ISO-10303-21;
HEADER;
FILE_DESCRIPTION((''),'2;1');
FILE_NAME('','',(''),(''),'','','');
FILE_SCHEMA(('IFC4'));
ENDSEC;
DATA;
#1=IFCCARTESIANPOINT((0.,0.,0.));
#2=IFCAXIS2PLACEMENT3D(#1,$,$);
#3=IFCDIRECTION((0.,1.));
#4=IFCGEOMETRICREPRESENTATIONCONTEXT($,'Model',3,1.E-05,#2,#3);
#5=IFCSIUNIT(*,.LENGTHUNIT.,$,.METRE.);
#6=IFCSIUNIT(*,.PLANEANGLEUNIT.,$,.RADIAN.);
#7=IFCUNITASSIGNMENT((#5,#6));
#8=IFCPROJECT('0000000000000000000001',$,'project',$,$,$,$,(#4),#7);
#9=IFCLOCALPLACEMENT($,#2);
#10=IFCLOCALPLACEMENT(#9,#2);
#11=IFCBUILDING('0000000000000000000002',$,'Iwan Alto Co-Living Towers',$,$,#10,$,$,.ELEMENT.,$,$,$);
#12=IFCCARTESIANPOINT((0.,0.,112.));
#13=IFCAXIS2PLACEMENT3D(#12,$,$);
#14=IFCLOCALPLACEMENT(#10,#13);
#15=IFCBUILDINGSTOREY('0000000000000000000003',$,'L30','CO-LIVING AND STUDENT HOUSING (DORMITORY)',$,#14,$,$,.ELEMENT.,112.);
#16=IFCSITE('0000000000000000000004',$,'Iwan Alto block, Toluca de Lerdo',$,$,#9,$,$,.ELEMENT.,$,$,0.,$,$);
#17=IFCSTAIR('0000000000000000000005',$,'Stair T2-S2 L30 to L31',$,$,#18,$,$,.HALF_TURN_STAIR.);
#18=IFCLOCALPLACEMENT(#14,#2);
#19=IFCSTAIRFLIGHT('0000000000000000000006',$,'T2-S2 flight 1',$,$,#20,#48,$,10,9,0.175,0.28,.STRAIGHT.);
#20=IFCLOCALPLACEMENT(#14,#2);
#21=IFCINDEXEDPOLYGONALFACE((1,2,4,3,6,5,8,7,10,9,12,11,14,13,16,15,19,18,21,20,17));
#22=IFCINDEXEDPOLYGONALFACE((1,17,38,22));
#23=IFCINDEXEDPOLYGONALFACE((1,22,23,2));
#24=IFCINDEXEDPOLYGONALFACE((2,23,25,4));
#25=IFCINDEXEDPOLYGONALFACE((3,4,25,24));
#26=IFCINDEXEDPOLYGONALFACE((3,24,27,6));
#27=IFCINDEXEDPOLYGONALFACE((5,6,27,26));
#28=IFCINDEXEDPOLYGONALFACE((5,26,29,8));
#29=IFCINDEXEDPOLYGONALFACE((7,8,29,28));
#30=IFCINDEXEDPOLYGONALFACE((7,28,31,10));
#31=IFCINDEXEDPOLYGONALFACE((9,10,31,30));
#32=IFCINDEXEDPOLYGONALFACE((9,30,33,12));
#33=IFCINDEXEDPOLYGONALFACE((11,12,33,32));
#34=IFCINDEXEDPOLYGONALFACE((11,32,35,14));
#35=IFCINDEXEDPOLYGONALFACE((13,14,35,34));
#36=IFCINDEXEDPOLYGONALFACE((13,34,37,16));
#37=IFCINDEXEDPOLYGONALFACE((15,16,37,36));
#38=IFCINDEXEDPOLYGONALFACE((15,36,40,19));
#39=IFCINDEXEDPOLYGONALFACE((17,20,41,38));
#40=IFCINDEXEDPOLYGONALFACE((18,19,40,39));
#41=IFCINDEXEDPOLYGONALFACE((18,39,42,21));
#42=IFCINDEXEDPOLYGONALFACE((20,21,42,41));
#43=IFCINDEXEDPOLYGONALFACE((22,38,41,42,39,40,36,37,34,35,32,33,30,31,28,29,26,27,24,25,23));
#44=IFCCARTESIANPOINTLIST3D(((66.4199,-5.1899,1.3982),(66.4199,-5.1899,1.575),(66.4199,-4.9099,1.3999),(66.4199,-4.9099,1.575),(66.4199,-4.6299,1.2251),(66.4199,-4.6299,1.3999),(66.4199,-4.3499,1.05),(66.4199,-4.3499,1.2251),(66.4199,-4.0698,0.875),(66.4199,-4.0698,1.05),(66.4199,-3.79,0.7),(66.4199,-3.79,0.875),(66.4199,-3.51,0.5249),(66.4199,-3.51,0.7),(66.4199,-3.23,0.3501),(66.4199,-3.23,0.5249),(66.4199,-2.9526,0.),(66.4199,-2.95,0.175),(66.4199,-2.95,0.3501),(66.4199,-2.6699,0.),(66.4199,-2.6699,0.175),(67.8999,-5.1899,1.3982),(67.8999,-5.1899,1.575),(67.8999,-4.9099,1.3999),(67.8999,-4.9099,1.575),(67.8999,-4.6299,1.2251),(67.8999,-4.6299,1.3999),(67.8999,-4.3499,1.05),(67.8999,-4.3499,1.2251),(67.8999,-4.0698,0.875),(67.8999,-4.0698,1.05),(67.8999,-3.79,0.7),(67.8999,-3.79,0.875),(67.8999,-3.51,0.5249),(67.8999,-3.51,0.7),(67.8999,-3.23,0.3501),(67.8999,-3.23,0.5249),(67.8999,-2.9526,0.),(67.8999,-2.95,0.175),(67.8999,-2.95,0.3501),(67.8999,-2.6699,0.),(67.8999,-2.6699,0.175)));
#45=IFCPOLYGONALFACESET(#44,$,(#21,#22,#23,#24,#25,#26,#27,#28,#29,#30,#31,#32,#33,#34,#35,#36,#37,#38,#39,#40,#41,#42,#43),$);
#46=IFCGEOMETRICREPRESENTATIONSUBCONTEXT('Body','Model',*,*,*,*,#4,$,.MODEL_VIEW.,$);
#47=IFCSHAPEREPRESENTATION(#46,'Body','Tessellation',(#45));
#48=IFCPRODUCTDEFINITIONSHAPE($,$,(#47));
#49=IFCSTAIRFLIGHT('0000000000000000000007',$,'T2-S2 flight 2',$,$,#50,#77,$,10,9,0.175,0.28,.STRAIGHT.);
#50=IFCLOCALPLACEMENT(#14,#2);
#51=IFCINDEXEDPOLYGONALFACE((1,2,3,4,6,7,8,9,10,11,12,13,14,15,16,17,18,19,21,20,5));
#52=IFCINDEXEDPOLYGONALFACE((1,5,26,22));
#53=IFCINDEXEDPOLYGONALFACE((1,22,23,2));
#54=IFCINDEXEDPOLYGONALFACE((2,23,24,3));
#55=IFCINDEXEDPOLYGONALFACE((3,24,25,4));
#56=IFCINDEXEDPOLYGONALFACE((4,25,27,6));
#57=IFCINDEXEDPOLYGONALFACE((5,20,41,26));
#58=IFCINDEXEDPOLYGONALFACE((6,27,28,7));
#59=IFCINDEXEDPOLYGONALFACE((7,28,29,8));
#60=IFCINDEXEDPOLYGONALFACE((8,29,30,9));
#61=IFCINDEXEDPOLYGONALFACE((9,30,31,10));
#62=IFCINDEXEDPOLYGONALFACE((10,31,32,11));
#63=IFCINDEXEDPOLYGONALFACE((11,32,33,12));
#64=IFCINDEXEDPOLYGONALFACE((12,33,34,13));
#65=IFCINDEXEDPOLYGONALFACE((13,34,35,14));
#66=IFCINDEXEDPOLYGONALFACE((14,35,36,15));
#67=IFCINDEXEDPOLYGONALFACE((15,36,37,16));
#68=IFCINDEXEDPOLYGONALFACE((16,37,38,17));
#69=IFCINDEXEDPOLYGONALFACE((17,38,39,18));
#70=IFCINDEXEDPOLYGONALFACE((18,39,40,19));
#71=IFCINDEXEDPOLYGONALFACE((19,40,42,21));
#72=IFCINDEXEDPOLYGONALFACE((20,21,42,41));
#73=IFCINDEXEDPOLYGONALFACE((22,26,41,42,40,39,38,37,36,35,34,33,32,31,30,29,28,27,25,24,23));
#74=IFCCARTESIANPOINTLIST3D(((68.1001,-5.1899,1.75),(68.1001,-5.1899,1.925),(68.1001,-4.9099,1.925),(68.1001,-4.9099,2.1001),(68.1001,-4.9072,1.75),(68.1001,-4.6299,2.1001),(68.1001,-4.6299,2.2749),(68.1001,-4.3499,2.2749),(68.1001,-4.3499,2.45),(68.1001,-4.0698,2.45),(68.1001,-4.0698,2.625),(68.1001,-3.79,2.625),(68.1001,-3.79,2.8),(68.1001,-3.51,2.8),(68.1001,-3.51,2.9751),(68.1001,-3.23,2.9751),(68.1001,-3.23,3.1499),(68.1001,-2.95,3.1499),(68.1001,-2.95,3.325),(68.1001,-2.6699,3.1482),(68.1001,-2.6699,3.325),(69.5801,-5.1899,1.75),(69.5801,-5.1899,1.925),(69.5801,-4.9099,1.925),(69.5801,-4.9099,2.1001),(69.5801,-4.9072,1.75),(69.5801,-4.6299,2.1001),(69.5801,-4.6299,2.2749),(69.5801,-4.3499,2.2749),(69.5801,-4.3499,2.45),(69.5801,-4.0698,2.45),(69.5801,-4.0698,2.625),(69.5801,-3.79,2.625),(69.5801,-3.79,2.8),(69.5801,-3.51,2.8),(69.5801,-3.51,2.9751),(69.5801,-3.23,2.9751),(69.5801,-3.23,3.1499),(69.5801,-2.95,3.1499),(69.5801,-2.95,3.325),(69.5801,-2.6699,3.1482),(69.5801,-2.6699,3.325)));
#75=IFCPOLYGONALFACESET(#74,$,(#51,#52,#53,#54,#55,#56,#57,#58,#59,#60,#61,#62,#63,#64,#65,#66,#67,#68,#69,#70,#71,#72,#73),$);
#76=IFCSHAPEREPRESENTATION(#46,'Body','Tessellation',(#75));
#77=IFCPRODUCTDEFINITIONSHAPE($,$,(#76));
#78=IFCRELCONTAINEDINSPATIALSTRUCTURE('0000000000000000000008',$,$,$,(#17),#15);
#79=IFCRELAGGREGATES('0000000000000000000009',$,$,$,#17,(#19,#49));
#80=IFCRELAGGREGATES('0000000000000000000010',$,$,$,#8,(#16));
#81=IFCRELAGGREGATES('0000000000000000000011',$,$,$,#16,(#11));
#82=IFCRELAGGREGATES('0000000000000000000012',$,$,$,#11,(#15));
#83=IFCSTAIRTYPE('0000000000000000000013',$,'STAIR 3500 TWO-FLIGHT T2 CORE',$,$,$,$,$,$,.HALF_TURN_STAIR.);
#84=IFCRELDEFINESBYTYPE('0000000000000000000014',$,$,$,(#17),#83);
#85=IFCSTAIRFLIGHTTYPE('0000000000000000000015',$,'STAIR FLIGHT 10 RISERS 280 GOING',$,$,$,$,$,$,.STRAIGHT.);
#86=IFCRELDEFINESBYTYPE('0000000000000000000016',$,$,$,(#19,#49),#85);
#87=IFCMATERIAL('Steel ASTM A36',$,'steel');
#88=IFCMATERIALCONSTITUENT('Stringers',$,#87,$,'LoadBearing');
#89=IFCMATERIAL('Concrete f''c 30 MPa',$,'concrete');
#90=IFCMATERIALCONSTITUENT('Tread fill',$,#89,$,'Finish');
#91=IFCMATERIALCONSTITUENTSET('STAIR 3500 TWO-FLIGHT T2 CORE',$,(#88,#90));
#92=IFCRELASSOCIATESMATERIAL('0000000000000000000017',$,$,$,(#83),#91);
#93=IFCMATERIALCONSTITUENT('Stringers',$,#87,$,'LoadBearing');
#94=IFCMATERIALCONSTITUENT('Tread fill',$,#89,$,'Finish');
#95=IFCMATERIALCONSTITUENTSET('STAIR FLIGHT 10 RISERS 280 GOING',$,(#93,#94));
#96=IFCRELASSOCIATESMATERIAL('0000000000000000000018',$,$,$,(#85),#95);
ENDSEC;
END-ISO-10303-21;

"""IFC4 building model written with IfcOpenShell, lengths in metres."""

from ifc_helpers import new_model, si_unit, direction, frame, origin, place, context, subcontext, project, spatial, polyline, outline, extrude, material, constituent, constituent_set, type_object, element, aggregate, save


model = new_model("IFC4")

# Units and contexts
model_context = context("Model", 3, precision=1e-05, world=origin(), true_north=direction((0.0, 1.0)))
body_context = subcontext(model_context, "Body", "Model", "MODEL_VIEW")
ifc_project = project(units=[si_unit("LENGTHUNIT", "METRE"), si_unit("PLANEANGLEUNIT", "RADIAN")], contexts=[model_context])

# Site, building, storey
site_placement = place(None, origin())
site = spatial("IfcSite", under=ifc_project, at=site_placement, Name="Iwan Alto block, Toluca de Lerdo", CompositionType="ELEMENT", RefElevation=0.0)
building_placement = place(site_placement, origin())
building = spatial("IfcBuilding", under=site, at=building_placement, Name="Iwan Alto Co-Living Towers", CompositionType="ELEMENT")
storey_placement = place(building_placement, frame((0.0, 0.0, 112.0)))
storey = spatial("IfcBuildingStorey", under=building, at=storey_placement, Name="L30", Description="CO-LIVING AND STUDENT HOUSING (DORMITORY)", CompositionType="ELEMENT", Elevation=112.0)

# Stair, stair flights
ifc_material_1 = material(Name="Steel ASTM A36", Category="steel")
ifc_constituent_1 = constituent(ifc_material_1, Name="Stringers", Category="LoadBearing")
ifc_material_2 = material(Name="Concrete f'c 30 MPa", Category="concrete")
ifc_constituent_2 = constituent(ifc_material_2, Name="Tread fill", Category="Finish")
ifc_constituent_set_1 = constituent_set(constituents=[ifc_constituent_1, ifc_constituent_2], Name="STAIR 3500 TWO-FLIGHT T2 CORE")
stair_type = type_object("IfcStairType", Name="STAIR 3500 TWO-FLIGHT T2 CORE", PredefinedType="HALF_TURN_STAIR", material=ifc_constituent_set_1)
stair_placement = place(storey_placement, origin())
stair = element("IfcStair", 1, at=stair_placement, inside=storey, type_object=stair_type, Name="Stair T2-S2 L30 to L31", PredefinedType="HALF_TURN_STAIR")
ifc_constituent_3 = constituent(ifc_material_1, Name="Stringers", Category="LoadBearing")
ifc_constituent_4 = constituent(ifc_material_2, Name="Tread fill", Category="Finish")
ifc_constituent_set_2 = constituent_set(constituents=[ifc_constituent_3, ifc_constituent_4], Name="STAIR FLIGHT 10 RISERS 280 GOING")
stair_flight_type = type_object("IfcStairFlightType", Name="STAIR FLIGHT 10 RISERS 280 GOING", PredefinedType="STRAIGHT", material=ifc_constituent_set_2)
stair_flight_1_placement = place(storey_placement, frame((67.1599, -2.6699, 0.0), z_axis=(0.0, 0.0, 1.0), x_axis=(0.0, -1.0, 0.0)))
stair_flight_1 = element("IfcStairFlight", 2, at=stair_flight_1_placement, type_object=stair_flight_type, Name="T2-S2 flight 1", NumberOfRisers=10, NumberOfTreads=9, PredefinedType="STRAIGHT", RiserHeight=0.175, TreadLength=0.28, context=body_context, shape_type="SweptSolid", body=[
    extrude(outline(polyline([(0.0, 0.0), (0.0, 0.175), (0.28, 0.175), (0.28, 0.3501), (0.5601, 0.3501), (0.5601, 0.5249), (0.8401, 0.5249), (0.8401, 0.7), (1.1201, 0.7), (1.1201, 0.875), (1.3999, 0.875), (1.3999, 1.05), (1.6799, 1.05), (1.6799, 1.2251), (1.96, 1.2251), (1.96, 1.3999), (2.24, 1.3999), (2.24, 1.575), (2.52, 1.575), (2.52, 1.75), (2.52, 1.3982), (0.2827, 0.0), (0.0, 0.0)])), frame((0.0, 0.74, 0.0), z_axis=(0.0, -1.0, 0.0), x_axis=(1.0, 0.0, 0.0)), (0.0, 0.0, 1.0), 1.48),
])
stair_flight_2_placement = place(storey_placement, frame((68.8401, -5.1899, 1.75), z_axis=(0.0, 0.0, 1.0), x_axis=(0.0, 1.0, 0.0)))
stair_flight_2 = element("IfcStairFlight", 3, at=stair_flight_2_placement, type_object=stair_flight_type, Name="T2-S2 flight 2", NumberOfRisers=10, NumberOfTreads=9, PredefinedType="STRAIGHT", RiserHeight=0.175, TreadLength=0.28, context=body_context, shape_type="SweptSolid", body=[
    extrude(outline(polyline([(0.0, 0.0), (0.0, 0.175), (0.28, 0.175), (0.28, 0.3501), (0.5601, 0.3501), (0.5601, 0.5249), (0.8401, 0.5249), (0.8401, 0.7), (1.1201, 0.7), (1.1201, 0.875), (1.3999, 0.875), (1.3999, 1.05), (1.6799, 1.05), (1.6799, 1.2251), (1.96, 1.2251), (1.96, 1.3999), (2.24, 1.3999), (2.24, 1.575), (2.52, 1.575), (2.52, 1.75), (2.52, 1.3982), (0.2827, 0.0), (0.0, 0.0)])), frame((0.0, 0.74, 0.0), z_axis=(0.0, -1.0, 0.0), x_axis=(1.0, 0.0, 0.0)), (0.0, 0.0, 1.0), 1.48),
])
aggregate(stair, [stair_flight_1, stair_flight_2])

save(model, "model.ifc")
